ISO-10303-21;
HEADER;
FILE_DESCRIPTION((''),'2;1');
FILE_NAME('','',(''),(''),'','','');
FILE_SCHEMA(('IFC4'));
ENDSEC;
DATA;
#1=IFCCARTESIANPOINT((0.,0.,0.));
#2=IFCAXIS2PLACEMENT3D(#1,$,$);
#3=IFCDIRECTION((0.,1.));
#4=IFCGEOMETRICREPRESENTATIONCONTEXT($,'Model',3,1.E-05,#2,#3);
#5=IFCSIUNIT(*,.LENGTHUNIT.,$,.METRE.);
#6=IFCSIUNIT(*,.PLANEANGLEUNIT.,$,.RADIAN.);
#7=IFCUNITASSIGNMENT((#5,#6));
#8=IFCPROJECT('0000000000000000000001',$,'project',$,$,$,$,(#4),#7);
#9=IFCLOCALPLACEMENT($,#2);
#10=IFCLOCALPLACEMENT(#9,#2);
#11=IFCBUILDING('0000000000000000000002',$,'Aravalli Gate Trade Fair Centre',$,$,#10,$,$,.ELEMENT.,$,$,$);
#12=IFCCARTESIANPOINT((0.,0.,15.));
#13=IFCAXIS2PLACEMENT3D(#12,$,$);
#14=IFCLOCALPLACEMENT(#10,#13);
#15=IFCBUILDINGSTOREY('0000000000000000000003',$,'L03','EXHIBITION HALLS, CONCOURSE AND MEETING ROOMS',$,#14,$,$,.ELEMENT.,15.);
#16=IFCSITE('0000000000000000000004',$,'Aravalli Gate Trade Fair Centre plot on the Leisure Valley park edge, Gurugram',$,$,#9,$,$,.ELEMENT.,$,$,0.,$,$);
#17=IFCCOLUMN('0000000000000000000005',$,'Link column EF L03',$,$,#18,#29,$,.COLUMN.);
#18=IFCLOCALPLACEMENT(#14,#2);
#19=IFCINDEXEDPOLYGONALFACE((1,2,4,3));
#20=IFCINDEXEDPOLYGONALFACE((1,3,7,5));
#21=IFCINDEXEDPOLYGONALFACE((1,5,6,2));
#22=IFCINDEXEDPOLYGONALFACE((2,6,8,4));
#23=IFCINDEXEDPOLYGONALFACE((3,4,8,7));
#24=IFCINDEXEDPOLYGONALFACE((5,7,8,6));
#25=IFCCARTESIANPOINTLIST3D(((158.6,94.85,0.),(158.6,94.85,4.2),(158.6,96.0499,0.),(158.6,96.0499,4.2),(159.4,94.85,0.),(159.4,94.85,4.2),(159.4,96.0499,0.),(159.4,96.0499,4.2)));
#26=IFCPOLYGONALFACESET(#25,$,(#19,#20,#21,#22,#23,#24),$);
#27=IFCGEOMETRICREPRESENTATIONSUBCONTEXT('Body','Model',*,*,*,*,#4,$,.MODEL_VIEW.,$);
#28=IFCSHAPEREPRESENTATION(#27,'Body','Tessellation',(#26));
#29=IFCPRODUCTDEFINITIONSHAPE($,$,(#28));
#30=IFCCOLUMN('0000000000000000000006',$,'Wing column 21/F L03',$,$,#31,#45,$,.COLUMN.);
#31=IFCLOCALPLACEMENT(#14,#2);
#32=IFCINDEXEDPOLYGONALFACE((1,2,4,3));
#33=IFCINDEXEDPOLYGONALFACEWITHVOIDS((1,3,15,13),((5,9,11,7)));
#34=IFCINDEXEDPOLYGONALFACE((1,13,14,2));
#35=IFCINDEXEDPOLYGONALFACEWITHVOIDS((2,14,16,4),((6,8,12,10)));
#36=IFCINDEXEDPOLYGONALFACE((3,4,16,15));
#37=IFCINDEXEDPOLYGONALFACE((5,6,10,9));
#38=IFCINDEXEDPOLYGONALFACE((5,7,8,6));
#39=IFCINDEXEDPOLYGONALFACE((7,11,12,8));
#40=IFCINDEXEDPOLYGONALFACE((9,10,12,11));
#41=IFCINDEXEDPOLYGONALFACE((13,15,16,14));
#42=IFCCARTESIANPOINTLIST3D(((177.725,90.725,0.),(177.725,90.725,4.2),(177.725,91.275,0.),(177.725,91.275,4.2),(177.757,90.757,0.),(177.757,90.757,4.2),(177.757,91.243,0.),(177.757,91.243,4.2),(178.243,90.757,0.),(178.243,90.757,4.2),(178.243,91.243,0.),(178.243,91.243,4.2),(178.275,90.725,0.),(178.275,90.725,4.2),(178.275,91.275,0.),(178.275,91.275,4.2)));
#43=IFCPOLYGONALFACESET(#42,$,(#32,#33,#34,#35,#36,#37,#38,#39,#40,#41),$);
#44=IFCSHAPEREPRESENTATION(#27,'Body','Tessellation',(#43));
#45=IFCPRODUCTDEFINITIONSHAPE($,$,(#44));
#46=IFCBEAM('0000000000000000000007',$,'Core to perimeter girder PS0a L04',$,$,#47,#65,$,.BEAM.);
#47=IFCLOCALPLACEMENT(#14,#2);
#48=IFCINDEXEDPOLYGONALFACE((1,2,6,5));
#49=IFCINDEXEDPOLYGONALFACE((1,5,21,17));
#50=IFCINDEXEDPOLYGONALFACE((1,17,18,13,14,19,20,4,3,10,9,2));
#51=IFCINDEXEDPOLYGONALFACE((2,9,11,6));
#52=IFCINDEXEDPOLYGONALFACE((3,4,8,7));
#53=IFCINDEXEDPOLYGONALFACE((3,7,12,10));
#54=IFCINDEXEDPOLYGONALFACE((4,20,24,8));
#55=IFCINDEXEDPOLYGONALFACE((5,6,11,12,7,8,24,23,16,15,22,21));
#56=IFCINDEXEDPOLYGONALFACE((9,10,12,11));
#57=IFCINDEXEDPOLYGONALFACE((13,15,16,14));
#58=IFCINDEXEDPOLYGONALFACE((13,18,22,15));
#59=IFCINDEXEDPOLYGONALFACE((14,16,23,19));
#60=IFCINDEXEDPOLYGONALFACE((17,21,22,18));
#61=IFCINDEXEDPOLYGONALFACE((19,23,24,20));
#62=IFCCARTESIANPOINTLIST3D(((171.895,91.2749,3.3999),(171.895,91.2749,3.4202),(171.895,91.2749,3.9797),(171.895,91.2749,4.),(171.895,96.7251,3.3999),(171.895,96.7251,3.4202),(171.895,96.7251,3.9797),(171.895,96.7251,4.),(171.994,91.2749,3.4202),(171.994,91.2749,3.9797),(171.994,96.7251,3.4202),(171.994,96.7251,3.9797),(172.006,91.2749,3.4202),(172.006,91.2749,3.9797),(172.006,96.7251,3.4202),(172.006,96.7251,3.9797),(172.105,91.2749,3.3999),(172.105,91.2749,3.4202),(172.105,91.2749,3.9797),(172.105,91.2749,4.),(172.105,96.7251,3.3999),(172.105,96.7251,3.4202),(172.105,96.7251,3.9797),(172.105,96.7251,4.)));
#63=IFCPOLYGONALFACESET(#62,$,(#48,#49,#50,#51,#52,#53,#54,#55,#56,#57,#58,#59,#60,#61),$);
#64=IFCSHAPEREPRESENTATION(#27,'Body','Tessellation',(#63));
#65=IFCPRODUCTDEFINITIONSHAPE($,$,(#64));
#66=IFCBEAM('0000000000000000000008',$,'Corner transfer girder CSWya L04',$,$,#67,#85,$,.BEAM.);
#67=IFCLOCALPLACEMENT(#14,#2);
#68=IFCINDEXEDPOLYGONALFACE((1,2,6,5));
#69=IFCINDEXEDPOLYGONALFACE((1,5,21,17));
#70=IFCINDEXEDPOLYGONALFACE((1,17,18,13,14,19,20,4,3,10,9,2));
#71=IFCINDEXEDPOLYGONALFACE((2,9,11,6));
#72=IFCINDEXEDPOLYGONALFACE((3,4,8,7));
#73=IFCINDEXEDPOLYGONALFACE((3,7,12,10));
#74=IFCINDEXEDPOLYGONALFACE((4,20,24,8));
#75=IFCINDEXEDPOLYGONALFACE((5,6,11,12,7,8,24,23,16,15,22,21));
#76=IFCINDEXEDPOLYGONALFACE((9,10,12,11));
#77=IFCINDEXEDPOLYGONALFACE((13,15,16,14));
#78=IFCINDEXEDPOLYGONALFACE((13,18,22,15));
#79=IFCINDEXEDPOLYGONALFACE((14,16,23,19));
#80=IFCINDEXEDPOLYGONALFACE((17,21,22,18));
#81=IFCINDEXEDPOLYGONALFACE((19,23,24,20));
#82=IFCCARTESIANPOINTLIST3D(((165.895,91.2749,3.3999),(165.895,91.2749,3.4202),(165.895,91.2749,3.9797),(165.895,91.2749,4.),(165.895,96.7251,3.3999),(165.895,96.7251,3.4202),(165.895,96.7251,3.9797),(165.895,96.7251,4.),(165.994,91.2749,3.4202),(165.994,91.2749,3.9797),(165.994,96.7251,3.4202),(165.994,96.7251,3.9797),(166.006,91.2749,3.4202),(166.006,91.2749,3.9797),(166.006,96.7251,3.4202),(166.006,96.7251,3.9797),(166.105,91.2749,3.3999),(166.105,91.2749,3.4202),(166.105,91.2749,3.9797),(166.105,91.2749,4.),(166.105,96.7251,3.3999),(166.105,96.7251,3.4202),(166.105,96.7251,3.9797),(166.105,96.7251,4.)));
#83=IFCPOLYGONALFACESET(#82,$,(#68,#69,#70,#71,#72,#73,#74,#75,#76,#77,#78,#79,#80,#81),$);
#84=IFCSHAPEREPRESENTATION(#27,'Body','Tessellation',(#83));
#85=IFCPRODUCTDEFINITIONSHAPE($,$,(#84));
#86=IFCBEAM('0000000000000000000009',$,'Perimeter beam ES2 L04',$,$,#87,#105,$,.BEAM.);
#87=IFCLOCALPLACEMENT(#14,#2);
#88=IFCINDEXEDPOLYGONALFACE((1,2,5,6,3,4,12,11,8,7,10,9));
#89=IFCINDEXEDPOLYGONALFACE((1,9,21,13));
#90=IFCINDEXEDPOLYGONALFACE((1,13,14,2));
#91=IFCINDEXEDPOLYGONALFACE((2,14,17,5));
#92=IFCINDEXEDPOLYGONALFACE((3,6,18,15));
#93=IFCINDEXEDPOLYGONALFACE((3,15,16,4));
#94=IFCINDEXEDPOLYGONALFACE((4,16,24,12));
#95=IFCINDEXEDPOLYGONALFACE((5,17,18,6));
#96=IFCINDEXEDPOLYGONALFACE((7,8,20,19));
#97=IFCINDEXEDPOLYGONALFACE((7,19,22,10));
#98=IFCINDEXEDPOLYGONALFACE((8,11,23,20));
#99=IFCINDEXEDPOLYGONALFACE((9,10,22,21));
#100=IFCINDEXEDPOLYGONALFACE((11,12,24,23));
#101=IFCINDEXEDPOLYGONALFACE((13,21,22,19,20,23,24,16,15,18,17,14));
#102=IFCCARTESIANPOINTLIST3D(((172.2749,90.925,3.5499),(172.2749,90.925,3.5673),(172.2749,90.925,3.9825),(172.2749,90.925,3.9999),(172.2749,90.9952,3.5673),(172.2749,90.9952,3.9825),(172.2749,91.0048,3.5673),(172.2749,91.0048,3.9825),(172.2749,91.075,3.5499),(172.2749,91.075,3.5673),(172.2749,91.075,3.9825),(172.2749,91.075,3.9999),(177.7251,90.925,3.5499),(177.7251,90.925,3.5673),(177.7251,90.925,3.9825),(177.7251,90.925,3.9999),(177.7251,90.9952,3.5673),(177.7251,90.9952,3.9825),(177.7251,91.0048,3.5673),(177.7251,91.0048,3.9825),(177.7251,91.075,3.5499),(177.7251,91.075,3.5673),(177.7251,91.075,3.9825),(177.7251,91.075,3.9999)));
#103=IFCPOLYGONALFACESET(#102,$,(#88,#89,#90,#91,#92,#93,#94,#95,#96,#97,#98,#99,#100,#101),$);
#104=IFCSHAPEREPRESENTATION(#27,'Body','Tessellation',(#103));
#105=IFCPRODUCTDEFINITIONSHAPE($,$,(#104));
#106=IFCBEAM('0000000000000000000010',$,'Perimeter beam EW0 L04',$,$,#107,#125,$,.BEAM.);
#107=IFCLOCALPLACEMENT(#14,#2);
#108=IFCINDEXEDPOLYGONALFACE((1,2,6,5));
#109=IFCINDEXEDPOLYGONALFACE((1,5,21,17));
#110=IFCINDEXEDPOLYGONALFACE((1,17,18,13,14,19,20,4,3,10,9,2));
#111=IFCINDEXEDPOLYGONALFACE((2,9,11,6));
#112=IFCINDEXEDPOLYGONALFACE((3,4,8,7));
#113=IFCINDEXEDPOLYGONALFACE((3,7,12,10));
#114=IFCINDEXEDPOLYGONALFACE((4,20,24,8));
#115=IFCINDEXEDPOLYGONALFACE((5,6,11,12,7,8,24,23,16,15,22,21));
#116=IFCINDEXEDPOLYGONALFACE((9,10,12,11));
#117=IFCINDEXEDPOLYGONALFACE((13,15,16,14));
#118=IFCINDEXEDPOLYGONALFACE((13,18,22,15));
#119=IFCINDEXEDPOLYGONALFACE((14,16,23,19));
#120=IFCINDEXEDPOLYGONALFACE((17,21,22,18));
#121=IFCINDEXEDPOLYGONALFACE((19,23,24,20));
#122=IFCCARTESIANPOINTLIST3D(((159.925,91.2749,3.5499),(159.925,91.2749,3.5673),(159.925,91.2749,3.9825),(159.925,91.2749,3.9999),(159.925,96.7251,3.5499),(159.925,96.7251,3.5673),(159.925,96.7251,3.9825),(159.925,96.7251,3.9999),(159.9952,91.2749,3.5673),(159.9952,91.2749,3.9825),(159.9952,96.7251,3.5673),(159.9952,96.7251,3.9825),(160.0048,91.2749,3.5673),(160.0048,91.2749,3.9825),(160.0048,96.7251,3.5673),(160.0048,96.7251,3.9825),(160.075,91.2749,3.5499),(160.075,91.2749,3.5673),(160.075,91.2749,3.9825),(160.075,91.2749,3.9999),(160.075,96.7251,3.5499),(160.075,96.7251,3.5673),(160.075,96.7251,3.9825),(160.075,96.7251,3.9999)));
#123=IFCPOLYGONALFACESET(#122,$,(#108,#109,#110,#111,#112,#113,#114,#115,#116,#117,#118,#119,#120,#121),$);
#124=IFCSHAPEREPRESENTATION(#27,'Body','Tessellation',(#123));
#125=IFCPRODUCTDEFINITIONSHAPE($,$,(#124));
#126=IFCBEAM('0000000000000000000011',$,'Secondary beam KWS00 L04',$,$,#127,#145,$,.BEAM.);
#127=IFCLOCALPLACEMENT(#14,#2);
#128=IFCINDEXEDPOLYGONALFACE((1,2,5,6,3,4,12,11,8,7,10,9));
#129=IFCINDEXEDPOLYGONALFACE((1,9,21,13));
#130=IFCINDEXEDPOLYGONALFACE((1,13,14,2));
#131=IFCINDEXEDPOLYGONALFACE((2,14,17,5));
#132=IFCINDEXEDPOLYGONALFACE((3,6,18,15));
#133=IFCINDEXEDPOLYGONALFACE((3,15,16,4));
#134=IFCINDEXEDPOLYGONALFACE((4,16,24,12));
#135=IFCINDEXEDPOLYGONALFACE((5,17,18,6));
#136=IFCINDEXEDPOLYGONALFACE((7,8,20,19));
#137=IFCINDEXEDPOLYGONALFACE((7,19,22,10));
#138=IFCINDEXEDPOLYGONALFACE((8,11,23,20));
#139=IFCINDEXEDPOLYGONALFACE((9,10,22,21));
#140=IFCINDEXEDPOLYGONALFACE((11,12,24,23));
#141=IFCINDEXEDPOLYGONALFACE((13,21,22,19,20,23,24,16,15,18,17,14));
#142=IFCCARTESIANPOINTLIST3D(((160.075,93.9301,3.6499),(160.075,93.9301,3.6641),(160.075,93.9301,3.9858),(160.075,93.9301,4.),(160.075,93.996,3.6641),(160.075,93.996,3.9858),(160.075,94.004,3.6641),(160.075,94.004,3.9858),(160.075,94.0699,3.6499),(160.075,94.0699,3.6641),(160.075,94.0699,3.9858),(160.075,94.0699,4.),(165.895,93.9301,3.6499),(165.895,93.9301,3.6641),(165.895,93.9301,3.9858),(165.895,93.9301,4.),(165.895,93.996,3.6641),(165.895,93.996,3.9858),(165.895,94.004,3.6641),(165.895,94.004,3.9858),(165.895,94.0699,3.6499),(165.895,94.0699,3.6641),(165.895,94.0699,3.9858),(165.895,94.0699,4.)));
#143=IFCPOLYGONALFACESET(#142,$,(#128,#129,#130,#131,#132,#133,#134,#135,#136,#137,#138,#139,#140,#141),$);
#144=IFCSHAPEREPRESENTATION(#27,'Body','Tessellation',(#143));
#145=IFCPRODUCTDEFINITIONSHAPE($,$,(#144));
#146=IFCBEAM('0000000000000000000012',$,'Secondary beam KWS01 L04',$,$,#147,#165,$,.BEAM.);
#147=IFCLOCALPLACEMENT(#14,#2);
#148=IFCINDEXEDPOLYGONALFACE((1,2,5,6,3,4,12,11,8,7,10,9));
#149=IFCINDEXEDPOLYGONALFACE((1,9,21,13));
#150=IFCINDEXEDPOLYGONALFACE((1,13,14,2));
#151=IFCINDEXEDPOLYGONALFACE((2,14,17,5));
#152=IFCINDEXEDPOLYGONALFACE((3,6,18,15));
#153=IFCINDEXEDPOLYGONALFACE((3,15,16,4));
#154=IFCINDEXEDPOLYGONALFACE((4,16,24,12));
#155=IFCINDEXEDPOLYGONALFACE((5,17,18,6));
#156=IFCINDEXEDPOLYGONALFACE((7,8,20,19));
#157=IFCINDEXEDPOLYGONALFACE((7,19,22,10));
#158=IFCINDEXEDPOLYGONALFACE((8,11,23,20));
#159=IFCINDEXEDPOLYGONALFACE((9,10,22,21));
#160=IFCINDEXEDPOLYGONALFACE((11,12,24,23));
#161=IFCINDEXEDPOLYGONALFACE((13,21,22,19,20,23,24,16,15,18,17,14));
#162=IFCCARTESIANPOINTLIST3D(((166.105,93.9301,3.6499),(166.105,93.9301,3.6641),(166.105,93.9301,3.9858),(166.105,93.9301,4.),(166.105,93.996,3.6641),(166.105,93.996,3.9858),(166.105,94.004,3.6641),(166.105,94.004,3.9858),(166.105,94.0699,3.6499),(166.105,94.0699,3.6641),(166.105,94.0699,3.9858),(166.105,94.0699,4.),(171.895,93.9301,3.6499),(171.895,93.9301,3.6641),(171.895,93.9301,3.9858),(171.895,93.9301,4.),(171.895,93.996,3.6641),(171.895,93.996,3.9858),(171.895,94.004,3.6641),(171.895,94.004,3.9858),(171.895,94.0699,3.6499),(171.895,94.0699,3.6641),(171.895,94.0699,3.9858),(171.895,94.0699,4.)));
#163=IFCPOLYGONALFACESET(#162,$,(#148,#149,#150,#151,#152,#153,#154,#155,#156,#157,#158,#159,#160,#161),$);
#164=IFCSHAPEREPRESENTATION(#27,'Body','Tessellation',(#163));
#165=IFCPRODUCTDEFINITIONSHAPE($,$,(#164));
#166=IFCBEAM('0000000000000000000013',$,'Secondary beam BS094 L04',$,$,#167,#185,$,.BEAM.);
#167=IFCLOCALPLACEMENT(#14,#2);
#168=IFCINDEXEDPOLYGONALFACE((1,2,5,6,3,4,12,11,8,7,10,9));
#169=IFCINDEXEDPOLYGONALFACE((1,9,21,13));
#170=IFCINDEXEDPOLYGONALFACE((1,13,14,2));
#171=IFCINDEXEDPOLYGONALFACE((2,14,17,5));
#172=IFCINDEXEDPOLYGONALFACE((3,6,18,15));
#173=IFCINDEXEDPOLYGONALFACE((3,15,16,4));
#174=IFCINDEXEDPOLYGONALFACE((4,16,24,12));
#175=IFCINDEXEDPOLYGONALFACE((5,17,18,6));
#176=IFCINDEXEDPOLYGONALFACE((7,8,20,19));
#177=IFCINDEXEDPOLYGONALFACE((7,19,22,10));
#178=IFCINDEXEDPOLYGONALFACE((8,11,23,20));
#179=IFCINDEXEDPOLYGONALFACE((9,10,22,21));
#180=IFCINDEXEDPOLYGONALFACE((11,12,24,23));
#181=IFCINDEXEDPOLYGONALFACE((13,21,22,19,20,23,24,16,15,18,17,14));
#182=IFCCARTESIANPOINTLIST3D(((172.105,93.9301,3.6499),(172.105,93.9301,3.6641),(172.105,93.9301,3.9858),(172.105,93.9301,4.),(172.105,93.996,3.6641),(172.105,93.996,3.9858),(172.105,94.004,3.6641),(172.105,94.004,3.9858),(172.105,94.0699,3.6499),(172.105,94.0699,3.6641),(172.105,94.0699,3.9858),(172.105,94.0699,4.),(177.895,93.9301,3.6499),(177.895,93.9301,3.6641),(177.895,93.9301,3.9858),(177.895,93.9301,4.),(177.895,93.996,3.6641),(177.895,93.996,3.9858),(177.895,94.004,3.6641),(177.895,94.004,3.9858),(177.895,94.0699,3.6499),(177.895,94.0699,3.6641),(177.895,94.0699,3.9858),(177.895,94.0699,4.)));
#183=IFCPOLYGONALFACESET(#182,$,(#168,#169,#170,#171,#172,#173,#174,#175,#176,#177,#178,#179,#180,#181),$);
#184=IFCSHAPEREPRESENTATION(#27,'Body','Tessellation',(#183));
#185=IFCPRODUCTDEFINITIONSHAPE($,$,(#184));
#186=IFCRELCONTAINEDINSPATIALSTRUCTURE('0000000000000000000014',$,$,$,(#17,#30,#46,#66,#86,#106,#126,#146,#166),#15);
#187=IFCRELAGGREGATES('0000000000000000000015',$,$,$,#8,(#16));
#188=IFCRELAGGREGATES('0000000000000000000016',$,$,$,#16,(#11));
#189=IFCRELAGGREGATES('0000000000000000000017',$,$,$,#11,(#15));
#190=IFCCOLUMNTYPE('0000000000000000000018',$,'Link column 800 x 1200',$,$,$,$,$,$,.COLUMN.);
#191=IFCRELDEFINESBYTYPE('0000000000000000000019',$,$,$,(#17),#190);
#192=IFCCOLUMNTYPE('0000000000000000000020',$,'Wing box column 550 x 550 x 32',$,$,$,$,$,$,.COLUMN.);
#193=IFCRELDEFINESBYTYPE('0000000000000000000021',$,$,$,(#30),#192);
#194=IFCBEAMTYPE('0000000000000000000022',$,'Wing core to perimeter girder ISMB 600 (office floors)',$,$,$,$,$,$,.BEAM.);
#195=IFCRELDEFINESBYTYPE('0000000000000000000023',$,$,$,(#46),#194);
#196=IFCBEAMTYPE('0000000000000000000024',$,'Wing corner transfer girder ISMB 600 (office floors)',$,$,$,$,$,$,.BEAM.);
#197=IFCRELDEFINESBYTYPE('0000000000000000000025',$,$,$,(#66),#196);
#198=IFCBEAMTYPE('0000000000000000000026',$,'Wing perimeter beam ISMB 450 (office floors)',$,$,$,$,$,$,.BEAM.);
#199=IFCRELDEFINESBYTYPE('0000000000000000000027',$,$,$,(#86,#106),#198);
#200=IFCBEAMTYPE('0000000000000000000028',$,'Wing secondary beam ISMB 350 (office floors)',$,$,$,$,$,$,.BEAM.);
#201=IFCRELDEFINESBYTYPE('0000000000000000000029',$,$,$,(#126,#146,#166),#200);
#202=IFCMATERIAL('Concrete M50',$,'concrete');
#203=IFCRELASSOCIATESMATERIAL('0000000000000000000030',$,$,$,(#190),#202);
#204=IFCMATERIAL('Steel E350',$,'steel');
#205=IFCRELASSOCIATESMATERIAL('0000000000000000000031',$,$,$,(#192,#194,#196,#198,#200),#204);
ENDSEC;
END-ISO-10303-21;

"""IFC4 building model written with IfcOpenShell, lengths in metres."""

from ifc_helpers import new_model, si_unit, direction, frame, origin, origin_2d, place, context, subcontext, project, spatial, rectangle, hollow_rectangle, i_section, extrude, material, material_profile, profile_set, type_object, element, save


model = new_model("IFC4")

# Units and contexts
model_context = context("Model", 3, precision=1e-05, world=origin(), true_north=direction((0.0, 1.0)))
body_context = subcontext(model_context, "Body", "Model", "MODEL_VIEW")
ifc_project = project(units=[si_unit("LENGTHUNIT", "METRE"), si_unit("PLANEANGLEUNIT", "RADIAN")], contexts=[model_context])

# Site, building, storey
site_placement = place(None, origin())
site = spatial("IfcSite", under=ifc_project, at=site_placement, Name="Aravalli Gate Trade Fair Centre plot on the Leisure Valley park edge, Gurugram", CompositionType="ELEMENT", RefElevation=0.0)
building_placement = place(site_placement, origin())
building = spatial("IfcBuilding", under=site, at=building_placement, Name="Aravalli Gate Trade Fair Centre", CompositionType="ELEMENT")
storey_placement = place(building_placement, frame((0.0, 0.0, 15.0)))
storey = spatial("IfcBuildingStorey", under=building, at=storey_placement, Name="L03", Description="EXHIBITION HALLS, CONCOURSE AND MEETING ROOMS", CompositionType="ELEMENT", Elevation=15.0)

# Columns
ifc_material_1 = material(Name="Concrete M50", Category="concrete")
ifc_material_profile_1 = material_profile(ifc_material_1, rectangle(XDim=0.8, YDim=1.2, at=origin_2d()), Name="Link column 800 x 1200")
ifc_profile_set_1 = profile_set([ifc_material_profile_1], Name="Concrete M50")
column_type_1 = type_object("IfcColumnType", Name="Link column 800 x 1200", PredefinedType="COLUMN", material=ifc_profile_set_1)
column_1_placement = place(storey_placement, frame((159.0, 95.45, 0.0), z_axis=(0.0, 0.0, 1.0), x_axis=(1.0, 0.0, 0.0)))
element("IfcColumn", 1, at=column_1_placement, inside=storey, type_object=column_type_1, Name="Link column EF L03", PredefinedType="COLUMN", context=body_context, shape_type="SweptSolid", body=[
    extrude(rectangle(XDim=0.8, YDim=1.2, at=origin_2d()), origin(), (0.0, 0.0, 1.0), 4.2),
])
ifc_material_2 = material(Name="Steel E350", Category="steel")
ifc_material_profile_2 = material_profile(ifc_material_2, hollow_rectangle(XDim=0.55, YDim=0.55, WallThickness=0.032, at=origin_2d()), Name="BOX 550x550x32")
ifc_profile_set_2 = profile_set([ifc_material_profile_2], Name="Steel E350")
column_type_2 = type_object("IfcColumnType", Name="Wing box column 550 x 550 x 32", PredefinedType="COLUMN", material=ifc_profile_set_2)
column_2_placement = place(storey_placement, frame((178.0, 91.0, 0.0), z_axis=(0.0, 0.0, 1.0), x_axis=(1.0, 0.0, 0.0)))
element("IfcColumn", 2, at=column_2_placement, inside=storey, type_object=column_type_2, Name="Wing column 21/F L03", PredefinedType="COLUMN", context=body_context, shape_type="SweptSolid", body=[
    extrude(hollow_rectangle(XDim=0.55, YDim=0.55, WallThickness=0.032, at=origin_2d()), origin(), (0.0, 0.0, 1.0), 4.2),
])

# Beams
ifc_material_profile_3 = material_profile(ifc_material_2, i_section(OverallWidth=0.21, OverallDepth=0.6001, WebThickness=0.012, FlangeThickness=0.0203, at=origin_2d()), Name="ISMB 600")
ifc_profile_set_3 = profile_set([ifc_material_profile_3], Name="Steel E350")
beam_type_1 = type_object("IfcBeamType", Name="Wing core to perimeter girder ISMB 600 (office floors)", PredefinedType="BEAM", material=ifc_profile_set_3)
beam_1_placement = place(storey_placement, frame((172.0, 91.2749, 3.7), z_axis=(0.0, 1.0, 0.0), x_axis=(-1.0, 0.0, 0.0)))
element("IfcBeam", 3, at=beam_1_placement, inside=storey, type_object=beam_type_1, Name="Core to perimeter girder PS0a L04", PredefinedType="BEAM", context=body_context, shape_type="SweptSolid", body=[
    extrude(i_section(OverallWidth=0.21, OverallDepth=0.6001, WebThickness=0.012, FlangeThickness=0.0203, at=origin_2d()), origin(), (0.0, 0.0, 1.0), 5.4502),
])
ifc_material_profile_4 = material_profile(ifc_material_2, i_section(OverallWidth=0.21, OverallDepth=0.6001, WebThickness=0.012, FlangeThickness=0.0203, at=origin_2d()), Name="ISMB 600")
ifc_profile_set_4 = profile_set([ifc_material_profile_4], Name="Steel E350")
beam_type_2 = type_object("IfcBeamType", Name="Wing corner transfer girder ISMB 600 (office floors)", PredefinedType="BEAM", material=ifc_profile_set_4)
beam_2_placement = place(storey_placement, frame((166.0, 91.2749, 3.7), z_axis=(0.0, 1.0, 0.0), x_axis=(-1.0, 0.0, 0.0)))
element("IfcBeam", 4, at=beam_2_placement, inside=storey, type_object=beam_type_2, Name="Corner transfer girder CSWya L04", PredefinedType="BEAM", context=body_context, shape_type="SweptSolid", body=[
    extrude(i_section(OverallWidth=0.21, OverallDepth=0.6001, WebThickness=0.012, FlangeThickness=0.0203, at=origin_2d()), origin(), (0.0, 0.0, 1.0), 5.4502),
])
ifc_material_profile_5 = material_profile(ifc_material_2, i_section(OverallWidth=0.1499, OverallDepth=0.45, WebThickness=0.0095, FlangeThickness=0.0173, at=origin_2d()), Name="ISMB 450")
ifc_profile_set_5 = profile_set([ifc_material_profile_5], Name="Steel E350")
beam_type_3 = type_object("IfcBeamType", Name="Wing perimeter beam ISMB 450 (office floors)", PredefinedType="BEAM", material=ifc_profile_set_5)
for number, where, z_axis, x_axis, name in (
    (5, (172.2749, 91.0, 3.7749), (1.0, 0.0, 0.0), (0.0, 1.0, 0.0), "Perimeter beam ES2 L04"),
    (6, (160.0, 91.2749, 3.7749), (0.0, 1.0, 0.0), (-1.0, 0.0, 0.0), "Perimeter beam EW0 L04"),
):
    element("IfcBeam", number, at=place(storey_placement, frame(where, z_axis=z_axis, x_axis=x_axis)), inside=storey, type_object=beam_type_3, Name=name, PredefinedType="BEAM", context=body_context, shape_type="SweptSolid", body=[
        extrude(i_section(OverallWidth=0.1499, OverallDepth=0.45, WebThickness=0.0095, FlangeThickness=0.0173, at=origin_2d()), origin(), (0.0, 0.0, 1.0), 5.4502),
    ])
ifc_material_profile_6 = material_profile(ifc_material_2, i_section(OverallWidth=0.1399, OverallDepth=0.3501, WebThickness=0.0081, FlangeThickness=0.0142, at=origin_2d()), Name="ISMB 350")
ifc_profile_set_6 = profile_set([ifc_material_profile_6], Name="Steel E350")
beam_type_4 = type_object("IfcBeamType", Name="Wing secondary beam ISMB 350 (office floors)", PredefinedType="BEAM", material=ifc_profile_set_6)
beam_3_placement = place(storey_placement, frame((160.075, 94.0, 3.825), z_axis=(1.0, 0.0, 0.0), x_axis=(0.0, 1.0, 0.0)))
element("IfcBeam", 7, at=beam_3_placement, inside=storey, type_object=beam_type_4, Name="Secondary beam KWS00 L04", PredefinedType="BEAM", context=body_context, shape_type="SweptSolid", body=[
    extrude(i_section(OverallWidth=0.1399, OverallDepth=0.3501, WebThickness=0.0081, FlangeThickness=0.0142, at=origin_2d()), origin(), (0.0, 0.0, 1.0), 5.8201),
])
for number, where, z_axis, x_axis, name in (
    (8, (166.105, 94.0, 3.825), (1.0, 0.0, 0.0), (0.0, 1.0, 0.0), "Secondary beam KWS01 L04"),
    (9, (172.105, 94.0, 3.825), (1.0, 0.0, 0.0), (0.0, 1.0, 0.0), "Secondary beam BS094 L04"),
):
    element("IfcBeam", number, at=place(storey_placement, frame(where, z_axis=z_axis, x_axis=x_axis)), inside=storey, type_object=beam_type_4, Name=name, PredefinedType="BEAM", context=body_context, shape_type="SweptSolid", body=[
        extrude(i_section(OverallWidth=0.1399, OverallDepth=0.3501, WebThickness=0.0081, FlangeThickness=0.0142, at=origin_2d()), origin(), (0.0, 0.0, 1.0), 5.79),
    ])

save(model, "model.ifc")
